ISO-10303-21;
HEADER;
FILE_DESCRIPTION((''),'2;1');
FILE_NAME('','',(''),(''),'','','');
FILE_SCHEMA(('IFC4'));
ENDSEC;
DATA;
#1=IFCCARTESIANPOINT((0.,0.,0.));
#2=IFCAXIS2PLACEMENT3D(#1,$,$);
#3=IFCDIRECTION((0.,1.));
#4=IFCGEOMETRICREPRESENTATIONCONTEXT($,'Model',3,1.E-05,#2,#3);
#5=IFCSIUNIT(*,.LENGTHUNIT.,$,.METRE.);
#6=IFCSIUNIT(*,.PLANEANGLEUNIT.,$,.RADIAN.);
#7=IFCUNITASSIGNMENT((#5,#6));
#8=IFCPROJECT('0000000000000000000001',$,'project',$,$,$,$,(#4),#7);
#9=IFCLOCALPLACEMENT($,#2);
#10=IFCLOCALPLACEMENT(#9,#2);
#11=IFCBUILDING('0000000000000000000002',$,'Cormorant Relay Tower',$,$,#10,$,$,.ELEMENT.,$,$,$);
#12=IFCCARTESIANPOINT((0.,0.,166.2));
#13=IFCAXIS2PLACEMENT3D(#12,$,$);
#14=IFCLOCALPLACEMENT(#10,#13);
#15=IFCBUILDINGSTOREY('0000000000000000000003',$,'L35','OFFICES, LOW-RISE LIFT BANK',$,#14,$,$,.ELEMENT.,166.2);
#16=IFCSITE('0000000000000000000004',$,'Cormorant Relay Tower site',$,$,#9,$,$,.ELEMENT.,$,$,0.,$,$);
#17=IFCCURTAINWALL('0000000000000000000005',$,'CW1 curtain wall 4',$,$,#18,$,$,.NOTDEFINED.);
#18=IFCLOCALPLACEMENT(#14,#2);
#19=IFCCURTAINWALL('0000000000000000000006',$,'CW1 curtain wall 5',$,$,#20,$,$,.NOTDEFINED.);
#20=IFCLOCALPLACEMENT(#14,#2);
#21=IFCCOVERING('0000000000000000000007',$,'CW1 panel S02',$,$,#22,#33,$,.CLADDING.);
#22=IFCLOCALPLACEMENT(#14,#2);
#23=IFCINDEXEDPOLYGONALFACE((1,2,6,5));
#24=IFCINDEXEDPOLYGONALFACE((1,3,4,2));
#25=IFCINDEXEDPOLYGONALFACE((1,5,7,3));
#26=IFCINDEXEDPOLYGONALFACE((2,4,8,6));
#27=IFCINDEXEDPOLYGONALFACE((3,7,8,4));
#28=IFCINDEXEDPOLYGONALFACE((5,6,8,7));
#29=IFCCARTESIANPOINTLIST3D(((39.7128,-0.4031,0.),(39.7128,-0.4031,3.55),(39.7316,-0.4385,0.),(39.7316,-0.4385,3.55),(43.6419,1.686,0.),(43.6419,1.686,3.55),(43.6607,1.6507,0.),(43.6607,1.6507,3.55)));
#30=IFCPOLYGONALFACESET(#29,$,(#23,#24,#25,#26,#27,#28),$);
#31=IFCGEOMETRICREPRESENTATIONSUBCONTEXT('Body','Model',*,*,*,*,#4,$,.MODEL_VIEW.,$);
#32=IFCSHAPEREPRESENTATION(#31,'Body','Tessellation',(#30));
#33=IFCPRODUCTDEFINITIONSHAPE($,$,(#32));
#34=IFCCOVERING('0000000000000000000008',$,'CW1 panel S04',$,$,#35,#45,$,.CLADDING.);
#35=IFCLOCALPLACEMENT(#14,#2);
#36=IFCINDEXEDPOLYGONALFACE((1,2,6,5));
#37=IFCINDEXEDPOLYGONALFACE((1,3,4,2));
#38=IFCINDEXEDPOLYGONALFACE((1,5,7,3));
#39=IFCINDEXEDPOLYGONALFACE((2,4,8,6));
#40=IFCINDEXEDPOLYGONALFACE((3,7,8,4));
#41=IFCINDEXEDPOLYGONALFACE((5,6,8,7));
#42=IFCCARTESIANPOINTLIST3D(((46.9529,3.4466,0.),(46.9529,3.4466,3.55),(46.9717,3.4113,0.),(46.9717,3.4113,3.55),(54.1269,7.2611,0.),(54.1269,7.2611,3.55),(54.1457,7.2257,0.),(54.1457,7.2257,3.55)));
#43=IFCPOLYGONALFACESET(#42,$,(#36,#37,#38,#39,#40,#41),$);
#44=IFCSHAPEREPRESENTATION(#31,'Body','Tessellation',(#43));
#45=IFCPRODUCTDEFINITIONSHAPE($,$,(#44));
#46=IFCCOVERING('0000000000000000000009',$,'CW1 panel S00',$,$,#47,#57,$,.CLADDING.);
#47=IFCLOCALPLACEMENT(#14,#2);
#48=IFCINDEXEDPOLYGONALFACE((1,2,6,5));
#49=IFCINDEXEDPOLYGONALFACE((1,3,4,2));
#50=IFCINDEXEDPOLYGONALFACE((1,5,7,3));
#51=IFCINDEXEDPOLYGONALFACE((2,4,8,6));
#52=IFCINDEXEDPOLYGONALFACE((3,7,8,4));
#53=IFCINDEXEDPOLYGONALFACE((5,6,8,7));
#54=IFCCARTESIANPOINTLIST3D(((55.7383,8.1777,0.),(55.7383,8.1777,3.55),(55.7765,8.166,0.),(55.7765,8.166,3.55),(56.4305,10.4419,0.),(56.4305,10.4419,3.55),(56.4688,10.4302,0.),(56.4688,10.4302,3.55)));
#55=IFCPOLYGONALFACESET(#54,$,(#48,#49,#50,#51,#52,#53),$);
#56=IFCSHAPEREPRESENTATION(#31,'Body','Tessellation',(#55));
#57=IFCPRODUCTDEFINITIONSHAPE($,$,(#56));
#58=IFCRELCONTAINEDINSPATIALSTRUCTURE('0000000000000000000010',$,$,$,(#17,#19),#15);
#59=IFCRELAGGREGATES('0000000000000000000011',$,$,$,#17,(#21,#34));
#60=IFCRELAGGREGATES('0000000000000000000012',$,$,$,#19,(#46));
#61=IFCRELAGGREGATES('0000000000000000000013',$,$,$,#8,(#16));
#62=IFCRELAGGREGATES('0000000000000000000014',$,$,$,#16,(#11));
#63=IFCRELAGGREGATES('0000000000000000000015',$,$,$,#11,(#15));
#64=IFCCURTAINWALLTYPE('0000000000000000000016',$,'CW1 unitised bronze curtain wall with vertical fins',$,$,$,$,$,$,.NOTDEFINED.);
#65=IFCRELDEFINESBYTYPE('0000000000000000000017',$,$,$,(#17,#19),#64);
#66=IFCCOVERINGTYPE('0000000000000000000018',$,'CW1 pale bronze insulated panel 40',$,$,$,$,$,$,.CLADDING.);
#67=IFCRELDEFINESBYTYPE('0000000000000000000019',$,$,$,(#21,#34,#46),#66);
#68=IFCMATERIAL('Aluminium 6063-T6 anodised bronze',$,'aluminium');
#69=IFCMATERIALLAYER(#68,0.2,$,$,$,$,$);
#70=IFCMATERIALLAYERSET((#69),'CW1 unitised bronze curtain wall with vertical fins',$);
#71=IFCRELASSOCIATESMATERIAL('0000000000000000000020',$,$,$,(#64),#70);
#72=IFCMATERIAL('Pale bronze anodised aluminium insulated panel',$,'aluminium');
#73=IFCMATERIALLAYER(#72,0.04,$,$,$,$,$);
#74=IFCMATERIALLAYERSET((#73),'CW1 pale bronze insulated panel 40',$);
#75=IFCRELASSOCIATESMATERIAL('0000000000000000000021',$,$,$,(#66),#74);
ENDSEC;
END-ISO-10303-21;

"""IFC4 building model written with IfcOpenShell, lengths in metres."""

from ifc_helpers import new_model, si_unit, direction, frame, origin, origin_2d, place, context, subcontext, project, spatial, rectangle, extrude, material, layer, layer_set, type_object, element, aggregate, save


model = new_model("IFC4")

# Units and contexts
model_context = context("Model", 3, precision=1e-05, world=origin(), true_north=direction((0.0, 1.0)))
body_context = subcontext(model_context, "Body", "Model", "MODEL_VIEW")
ifc_project = project(units=[si_unit("LENGTHUNIT", "METRE"), si_unit("PLANEANGLEUNIT", "RADIAN")], contexts=[model_context])

# Site, building, storey
site_placement = place(None, origin())
site = spatial("IfcSite", under=ifc_project, at=site_placement, Name="Cormorant Relay Tower site", CompositionType="ELEMENT", RefElevation=0.0)
building_placement = place(site_placement, origin())
building = spatial("IfcBuilding", under=site, at=building_placement, Name="Cormorant Relay Tower", CompositionType="ELEMENT")
storey_placement = place(building_placement, frame((0.0, 0.0, 166.2)))
storey = spatial("IfcBuildingStorey", under=building, at=storey_placement, Name="L35", Description="OFFICES, LOW-RISE LIFT BANK", CompositionType="ELEMENT", Elevation=166.2)

# Shared definitions
ifc_material_1 = material(Name="Aluminium 6063-T6 anodised bronze", Category="aluminium")
ifc_layer_1 = layer(ifc_material_1, 0.2)
ifc_layer_set_1 = layer_set([ifc_layer_1], Name="CW1 unitised bronze curtain wall with vertical fins")
curtain_wall_type = type_object("IfcCurtainWallType", Name="CW1 unitised bronze curtain wall with vertical fins", PredefinedType="NOTDEFINED", material=ifc_layer_set_1)

# Curtain wall
curtain_wall_1_placement = place(storey_placement, origin())
curtain_wall_1 = element("IfcCurtainWall", 1, at=curtain_wall_1_placement, inside=storey, type_object=curtain_wall_type, Name="CW1 curtain wall 4", PredefinedType="NOTDEFINED")

# Curtain wall
curtain_wall_2_placement = place(storey_placement, origin())
curtain_wall_2 = element("IfcCurtainWall", 2, at=curtain_wall_2_placement, inside=storey, type_object=curtain_wall_type, Name="CW1 curtain wall 5", PredefinedType="NOTDEFINED")

# Coverings
ifc_material_2 = material(Name="Pale bronze anodised aluminium insulated panel", Category="aluminium")
ifc_layer_2 = layer(ifc_material_2, 0.04)
ifc_layer_set_2 = layer_set([ifc_layer_2], Name="CW1 pale bronze insulated panel 40")
covering_type = type_object("IfcCoveringType", Name="CW1 pale bronze insulated panel 40", PredefinedType="CLADDING", material=ifc_layer_set_2)
covering_1_placement = place(storey_placement, frame((41.6868, 0.6238, 0.0), z_axis=(0.0, 0.0, 1.0), x_axis=(0.882948, 0.469472, 0.0)))
covering_1 = element("IfcCovering", 3, at=covering_1_placement, type_object=covering_type, Name="CW1 panel S02", PredefinedType="CLADDING", context=body_context, shape_type="SweptSolid", body=[
    extrude(rectangle(XDim=4.45, YDim=0.04, at=origin_2d()), origin(), (0.0, 0.0, 1.0), 3.55),
])
covering_2_placement = place(storey_placement, frame((50.5493, 5.3362, 0.0), z_axis=(0.0, 0.0, 1.0), x_axis=(0.882948, 0.469472, 0.0)))
covering_2 = element("IfcCovering", 4, at=covering_2_placement, type_object=covering_type, Name="CW1 panel S04", PredefinedType="CLADDING", context=body_context, shape_type="SweptSolid", body=[
    extrude(rectangle(XDim=8.125, YDim=0.04, at=origin_2d()), origin(), (0.0, 0.0, 1.0), 3.55),
])
aggregate(curtain_wall_1, [covering_1, covering_2])
covering_3_placement = place(storey_placement, frame((56.1035, 9.304, 0.0), z_axis=(0.0, 0.0, 1.0), x_axis=(0.292372, 0.956305, 0.0)))
covering_3 = element("IfcCovering", 5, at=covering_3_placement, type_object=covering_type, Name="CW1 panel S00", PredefinedType="CLADDING", context=body_context, shape_type="SweptSolid", body=[
    extrude(rectangle(XDim=2.3677, YDim=0.04, at=origin_2d()), origin(), (0.0, 0.0, 1.0), 3.55),
])
aggregate(curtain_wall_2, [covering_3])

save(model, "model.ifc")
